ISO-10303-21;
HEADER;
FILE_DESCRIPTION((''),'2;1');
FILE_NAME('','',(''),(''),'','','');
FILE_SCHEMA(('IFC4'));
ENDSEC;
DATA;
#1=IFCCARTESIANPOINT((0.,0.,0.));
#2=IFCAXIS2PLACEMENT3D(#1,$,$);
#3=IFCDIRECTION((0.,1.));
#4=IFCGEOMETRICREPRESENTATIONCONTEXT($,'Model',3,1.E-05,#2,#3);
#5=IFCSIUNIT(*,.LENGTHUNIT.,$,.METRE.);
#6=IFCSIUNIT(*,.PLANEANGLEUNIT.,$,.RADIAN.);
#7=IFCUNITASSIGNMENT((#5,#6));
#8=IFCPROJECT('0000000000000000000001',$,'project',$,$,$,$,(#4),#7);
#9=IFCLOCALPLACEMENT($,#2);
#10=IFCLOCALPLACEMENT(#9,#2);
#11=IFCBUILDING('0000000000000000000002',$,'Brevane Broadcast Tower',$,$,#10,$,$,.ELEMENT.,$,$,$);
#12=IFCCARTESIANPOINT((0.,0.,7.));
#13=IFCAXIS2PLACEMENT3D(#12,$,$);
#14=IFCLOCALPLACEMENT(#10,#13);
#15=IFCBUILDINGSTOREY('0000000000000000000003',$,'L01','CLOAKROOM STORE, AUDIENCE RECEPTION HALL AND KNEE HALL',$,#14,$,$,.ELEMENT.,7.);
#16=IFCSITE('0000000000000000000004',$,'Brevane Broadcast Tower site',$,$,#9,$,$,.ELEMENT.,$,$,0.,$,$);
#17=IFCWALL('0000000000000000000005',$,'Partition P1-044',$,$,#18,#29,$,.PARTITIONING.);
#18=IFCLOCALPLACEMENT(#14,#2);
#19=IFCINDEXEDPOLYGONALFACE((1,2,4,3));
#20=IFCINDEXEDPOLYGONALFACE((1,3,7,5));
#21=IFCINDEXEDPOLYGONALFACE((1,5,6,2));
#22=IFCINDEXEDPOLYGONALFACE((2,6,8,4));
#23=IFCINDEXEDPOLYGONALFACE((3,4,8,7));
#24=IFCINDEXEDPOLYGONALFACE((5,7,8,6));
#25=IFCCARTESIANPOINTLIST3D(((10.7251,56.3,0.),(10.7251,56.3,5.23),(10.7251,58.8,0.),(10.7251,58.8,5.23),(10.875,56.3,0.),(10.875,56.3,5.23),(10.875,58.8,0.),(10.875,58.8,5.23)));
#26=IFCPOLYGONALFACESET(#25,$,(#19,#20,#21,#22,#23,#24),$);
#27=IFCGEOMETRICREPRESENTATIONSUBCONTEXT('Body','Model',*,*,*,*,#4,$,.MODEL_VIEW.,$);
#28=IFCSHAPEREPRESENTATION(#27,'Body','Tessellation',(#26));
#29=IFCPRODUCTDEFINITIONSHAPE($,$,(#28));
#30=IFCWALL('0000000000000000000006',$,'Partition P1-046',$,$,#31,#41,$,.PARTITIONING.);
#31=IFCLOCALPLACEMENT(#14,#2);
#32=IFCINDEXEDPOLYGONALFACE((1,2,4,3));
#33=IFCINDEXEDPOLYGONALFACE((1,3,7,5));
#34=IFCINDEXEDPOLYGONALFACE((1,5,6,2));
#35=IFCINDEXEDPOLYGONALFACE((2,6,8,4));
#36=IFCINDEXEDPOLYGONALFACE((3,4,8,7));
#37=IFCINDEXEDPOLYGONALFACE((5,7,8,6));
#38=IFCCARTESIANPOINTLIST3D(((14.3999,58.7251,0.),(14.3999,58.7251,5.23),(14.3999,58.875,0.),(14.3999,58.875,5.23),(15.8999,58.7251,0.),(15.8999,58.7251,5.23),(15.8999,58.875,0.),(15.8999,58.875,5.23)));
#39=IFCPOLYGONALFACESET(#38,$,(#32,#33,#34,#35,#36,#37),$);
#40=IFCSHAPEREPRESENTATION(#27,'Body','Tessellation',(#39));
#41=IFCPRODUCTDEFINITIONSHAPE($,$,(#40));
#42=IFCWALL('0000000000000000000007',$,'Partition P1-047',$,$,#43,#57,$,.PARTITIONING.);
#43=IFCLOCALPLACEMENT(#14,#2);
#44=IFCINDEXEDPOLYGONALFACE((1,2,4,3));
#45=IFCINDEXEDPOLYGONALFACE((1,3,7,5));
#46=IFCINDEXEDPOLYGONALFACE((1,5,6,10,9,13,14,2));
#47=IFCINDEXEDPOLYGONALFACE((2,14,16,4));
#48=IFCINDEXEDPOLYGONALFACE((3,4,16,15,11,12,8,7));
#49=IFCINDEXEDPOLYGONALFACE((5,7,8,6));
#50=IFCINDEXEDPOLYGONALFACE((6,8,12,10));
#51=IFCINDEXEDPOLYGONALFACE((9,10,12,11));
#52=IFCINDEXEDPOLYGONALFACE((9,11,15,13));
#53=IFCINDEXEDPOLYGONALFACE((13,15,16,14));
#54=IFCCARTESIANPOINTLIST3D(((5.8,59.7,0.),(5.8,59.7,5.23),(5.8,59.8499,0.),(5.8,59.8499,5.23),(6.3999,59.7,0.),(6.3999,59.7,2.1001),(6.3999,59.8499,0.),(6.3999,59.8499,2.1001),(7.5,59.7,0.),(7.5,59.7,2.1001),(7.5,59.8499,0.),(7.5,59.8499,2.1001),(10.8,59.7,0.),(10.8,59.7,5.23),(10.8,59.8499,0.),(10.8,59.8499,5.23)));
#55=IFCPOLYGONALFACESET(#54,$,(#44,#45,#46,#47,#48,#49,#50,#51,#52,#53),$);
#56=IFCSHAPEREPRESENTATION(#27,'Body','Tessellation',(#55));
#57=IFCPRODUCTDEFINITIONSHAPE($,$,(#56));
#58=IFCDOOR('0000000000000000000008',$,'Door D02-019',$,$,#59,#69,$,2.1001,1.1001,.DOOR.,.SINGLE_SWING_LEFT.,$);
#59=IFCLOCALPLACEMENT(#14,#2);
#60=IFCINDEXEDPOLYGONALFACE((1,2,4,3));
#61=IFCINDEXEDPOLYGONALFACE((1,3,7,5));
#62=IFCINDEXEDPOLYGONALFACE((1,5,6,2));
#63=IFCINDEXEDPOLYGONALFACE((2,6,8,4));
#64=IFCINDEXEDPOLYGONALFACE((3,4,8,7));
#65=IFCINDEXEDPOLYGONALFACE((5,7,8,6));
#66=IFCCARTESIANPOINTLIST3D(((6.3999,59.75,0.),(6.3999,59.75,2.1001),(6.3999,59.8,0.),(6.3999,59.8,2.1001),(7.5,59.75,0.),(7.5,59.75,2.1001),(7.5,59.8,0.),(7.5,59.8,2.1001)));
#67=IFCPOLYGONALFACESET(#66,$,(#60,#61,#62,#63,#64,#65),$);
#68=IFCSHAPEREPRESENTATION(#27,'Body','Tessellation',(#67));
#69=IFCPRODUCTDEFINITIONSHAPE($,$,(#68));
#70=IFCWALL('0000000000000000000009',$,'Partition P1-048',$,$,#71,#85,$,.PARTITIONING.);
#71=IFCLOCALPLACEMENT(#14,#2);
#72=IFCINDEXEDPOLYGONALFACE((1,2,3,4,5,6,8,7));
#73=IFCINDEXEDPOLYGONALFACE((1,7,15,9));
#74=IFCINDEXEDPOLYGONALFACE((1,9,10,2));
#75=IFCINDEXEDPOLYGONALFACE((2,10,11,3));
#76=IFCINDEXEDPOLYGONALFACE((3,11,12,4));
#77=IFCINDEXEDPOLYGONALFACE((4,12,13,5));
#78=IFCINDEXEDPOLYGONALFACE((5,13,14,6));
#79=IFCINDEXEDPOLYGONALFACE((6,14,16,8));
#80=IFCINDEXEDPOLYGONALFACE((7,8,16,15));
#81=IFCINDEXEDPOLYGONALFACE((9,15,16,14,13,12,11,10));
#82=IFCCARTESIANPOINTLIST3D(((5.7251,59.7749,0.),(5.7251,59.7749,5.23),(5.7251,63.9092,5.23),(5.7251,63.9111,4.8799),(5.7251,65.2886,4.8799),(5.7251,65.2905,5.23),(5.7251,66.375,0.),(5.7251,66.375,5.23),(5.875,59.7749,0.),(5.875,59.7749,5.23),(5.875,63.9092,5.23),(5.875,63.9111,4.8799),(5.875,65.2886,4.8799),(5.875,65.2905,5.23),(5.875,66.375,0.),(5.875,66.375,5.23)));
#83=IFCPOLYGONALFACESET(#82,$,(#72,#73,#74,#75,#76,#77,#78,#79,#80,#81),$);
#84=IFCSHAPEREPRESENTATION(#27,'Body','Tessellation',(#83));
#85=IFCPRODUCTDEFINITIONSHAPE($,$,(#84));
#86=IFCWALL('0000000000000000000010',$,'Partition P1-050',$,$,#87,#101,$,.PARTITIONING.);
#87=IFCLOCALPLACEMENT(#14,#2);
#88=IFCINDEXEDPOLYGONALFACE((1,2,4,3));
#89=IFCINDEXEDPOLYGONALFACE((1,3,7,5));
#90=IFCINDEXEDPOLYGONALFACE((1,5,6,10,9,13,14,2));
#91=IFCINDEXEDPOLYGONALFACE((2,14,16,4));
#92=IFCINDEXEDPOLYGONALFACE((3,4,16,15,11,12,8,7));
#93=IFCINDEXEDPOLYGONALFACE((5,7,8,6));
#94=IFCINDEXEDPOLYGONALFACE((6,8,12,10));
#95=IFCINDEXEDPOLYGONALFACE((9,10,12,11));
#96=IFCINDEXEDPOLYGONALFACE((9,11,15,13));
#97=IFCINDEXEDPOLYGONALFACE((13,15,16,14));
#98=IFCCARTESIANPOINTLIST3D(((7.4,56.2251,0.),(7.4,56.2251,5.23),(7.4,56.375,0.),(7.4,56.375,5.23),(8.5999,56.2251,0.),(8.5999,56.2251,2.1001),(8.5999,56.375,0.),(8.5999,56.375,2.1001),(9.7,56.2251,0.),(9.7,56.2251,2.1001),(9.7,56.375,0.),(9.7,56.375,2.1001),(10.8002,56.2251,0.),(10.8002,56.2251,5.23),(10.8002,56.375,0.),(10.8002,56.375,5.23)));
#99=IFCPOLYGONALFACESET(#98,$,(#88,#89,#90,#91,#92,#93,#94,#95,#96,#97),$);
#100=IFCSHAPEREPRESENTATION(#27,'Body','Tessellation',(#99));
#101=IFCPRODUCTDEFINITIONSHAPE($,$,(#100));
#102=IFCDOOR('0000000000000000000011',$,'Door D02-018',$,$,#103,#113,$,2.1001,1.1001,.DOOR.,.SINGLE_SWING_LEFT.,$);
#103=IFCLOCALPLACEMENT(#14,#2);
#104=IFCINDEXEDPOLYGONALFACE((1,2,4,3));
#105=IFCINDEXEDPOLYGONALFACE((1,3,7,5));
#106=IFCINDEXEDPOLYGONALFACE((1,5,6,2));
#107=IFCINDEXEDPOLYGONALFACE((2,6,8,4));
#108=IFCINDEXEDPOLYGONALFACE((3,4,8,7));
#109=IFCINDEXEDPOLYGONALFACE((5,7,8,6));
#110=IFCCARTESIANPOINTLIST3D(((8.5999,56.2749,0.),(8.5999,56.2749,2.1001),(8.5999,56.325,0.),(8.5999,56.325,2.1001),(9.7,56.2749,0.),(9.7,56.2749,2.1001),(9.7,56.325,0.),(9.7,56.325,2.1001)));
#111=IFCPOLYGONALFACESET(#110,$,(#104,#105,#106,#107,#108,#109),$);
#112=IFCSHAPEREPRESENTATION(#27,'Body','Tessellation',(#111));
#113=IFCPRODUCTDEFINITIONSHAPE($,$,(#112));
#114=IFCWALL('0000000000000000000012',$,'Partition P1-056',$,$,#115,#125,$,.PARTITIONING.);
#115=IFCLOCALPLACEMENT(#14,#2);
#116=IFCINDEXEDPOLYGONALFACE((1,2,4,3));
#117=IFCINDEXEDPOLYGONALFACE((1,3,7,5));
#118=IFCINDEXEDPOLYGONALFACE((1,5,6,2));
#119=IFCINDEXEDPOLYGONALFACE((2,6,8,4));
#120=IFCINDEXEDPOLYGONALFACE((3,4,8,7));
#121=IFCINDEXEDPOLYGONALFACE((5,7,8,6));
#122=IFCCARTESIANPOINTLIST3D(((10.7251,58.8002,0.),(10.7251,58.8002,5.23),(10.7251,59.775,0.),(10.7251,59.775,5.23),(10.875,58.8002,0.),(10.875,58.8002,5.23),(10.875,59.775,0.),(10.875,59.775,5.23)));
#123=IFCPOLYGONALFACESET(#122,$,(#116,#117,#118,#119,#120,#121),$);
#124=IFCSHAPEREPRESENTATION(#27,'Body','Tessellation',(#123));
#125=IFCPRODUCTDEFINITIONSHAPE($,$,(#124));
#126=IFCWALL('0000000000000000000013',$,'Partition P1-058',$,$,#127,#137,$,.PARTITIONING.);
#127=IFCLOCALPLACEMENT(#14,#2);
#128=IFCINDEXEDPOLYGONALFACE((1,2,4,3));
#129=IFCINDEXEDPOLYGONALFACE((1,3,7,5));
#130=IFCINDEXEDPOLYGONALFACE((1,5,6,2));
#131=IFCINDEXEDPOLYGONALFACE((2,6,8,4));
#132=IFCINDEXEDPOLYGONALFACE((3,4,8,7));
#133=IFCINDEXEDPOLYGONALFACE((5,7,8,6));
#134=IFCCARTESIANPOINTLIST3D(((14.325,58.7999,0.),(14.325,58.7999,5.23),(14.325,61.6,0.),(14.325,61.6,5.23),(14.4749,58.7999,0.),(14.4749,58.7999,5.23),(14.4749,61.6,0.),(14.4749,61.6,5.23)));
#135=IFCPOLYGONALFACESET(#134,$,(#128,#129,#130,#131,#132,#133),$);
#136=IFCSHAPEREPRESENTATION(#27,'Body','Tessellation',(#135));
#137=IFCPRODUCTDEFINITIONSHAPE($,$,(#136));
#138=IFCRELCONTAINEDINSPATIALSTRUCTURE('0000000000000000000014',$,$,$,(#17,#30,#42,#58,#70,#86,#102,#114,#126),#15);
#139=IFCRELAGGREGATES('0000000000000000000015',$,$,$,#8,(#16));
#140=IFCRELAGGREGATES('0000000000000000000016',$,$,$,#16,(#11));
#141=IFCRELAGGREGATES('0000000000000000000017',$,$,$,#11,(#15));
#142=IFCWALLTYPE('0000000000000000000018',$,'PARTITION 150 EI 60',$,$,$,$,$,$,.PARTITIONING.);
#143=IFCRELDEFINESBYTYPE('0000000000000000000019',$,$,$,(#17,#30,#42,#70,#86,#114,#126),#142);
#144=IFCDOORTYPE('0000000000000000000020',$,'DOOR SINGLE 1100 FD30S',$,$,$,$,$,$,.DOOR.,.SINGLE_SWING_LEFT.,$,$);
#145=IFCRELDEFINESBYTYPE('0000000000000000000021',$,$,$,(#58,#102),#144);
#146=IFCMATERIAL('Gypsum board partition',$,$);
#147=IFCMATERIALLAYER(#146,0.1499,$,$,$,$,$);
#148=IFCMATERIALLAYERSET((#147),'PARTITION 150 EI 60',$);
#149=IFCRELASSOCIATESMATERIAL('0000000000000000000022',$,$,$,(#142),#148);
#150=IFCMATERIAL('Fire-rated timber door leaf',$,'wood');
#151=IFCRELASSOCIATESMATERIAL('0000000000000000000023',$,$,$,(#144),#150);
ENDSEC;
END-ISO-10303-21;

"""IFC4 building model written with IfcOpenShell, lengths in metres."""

from ifc_helpers import new_model, si_unit, direction, frame, frame_2d, origin, place, context, subcontext, project, spatial, polyline, rectangle, outline, extrude, material, layer, layer_set, type_object, element, fill, save


model = new_model("IFC4")

# Units and contexts
model_context = context("Model", 3, precision=1e-05, world=origin(), true_north=direction((0.0, 1.0)))
body_context = subcontext(model_context, "Body", "Model", "MODEL_VIEW")
ifc_project = project(units=[si_unit("LENGTHUNIT", "METRE"), si_unit("PLANEANGLEUNIT", "RADIAN")], contexts=[model_context])

# Site, building, storey
site_placement = place(None, origin())
site = spatial("IfcSite", under=ifc_project, at=site_placement, Name="Brevane Broadcast Tower site", CompositionType="ELEMENT", RefElevation=0.0)
building_placement = place(site_placement, origin())
building = spatial("IfcBuilding", under=site, at=building_placement, Name="Brevane Broadcast Tower", CompositionType="ELEMENT")
storey_placement = place(building_placement, frame((0.0, 0.0, 7.0)))
storey = spatial("IfcBuildingStorey", under=building, at=storey_placement, Name="L01", Description="CLOAKROOM STORE, AUDIENCE RECEPTION HALL AND KNEE HALL", CompositionType="ELEMENT", Elevation=7.0)

# Shared definitions
ifc_material_1 = material(Name="Gypsum board partition")

# Shared definitions
ifc_layer_1 = layer(ifc_material_1, 0.1499)
ifc_layer_set_1 = layer_set([ifc_layer_1], Name="PARTITION 150 EI 60")
wall_type_1 = type_object("IfcWallType", Name="PARTITION 150 EI 60", PredefinedType="PARTITIONING", material=ifc_layer_set_1)
ifc_material_2 = material(Name="Fire-rated timber door leaf", Category="wood")
door_type_1 = type_object("IfcDoorType", Name="DOOR SINGLE 1100 FD30S", OperationType="SINGLE_SWING_LEFT", PredefinedType="DOOR", material=ifc_material_2)

# Walls
wall_1_placement = place(storey_placement, frame((10.8, 56.3, 0.0), z_axis=(0.0, 0.0, 1.0), x_axis=(0.0, 1.0, 0.0)))
element("IfcWall", 1, at=wall_1_placement, inside=storey, type_object=wall_type_1, Name="Partition P1-044", PredefinedType="PARTITIONING", context=body_context, shape_type="SweptSolid", body=[
    extrude(rectangle(XDim=2.5, YDim=0.1499, at=frame_2d((1.25, 0.0))), origin(), (0.0, 0.0, 1.0), 5.23),
])
wall_2_placement = place(storey_placement, frame((14.3999, 58.8, 0.0), z_axis=(0.0, 0.0, 1.0), x_axis=(1.0, 0.0, 0.0)))
element("IfcWall", 2, at=wall_2_placement, inside=storey, type_object=wall_type_1, Name="Partition P1-046", PredefinedType="PARTITIONING", context=body_context, shape_type="SweptSolid", body=[
    extrude(rectangle(XDim=1.5, YDim=0.1499, at=frame_2d((0.75, 0.0))), origin(), (0.0, 0.0, 1.0), 5.23),
])

# Wall, opening, door
wall_3_placement = place(storey_placement, frame((10.8, 59.7749, 0.0), z_axis=(0.0, 0.0, 1.0), x_axis=(-1.0, 0.0, 0.0)))
wall_3 = element("IfcWall", 3, at=wall_3_placement, inside=storey, type_object=wall_type_1, Name="Partition P1-047", PredefinedType="PARTITIONING", context=body_context, shape_type="SweptSolid", body=[
    extrude(rectangle(XDim=5.0, YDim=0.1499, at=frame_2d((2.5, 0.0))), origin(), (0.0, 0.0, 1.0), 5.23),
])
opening_1_placement = place(wall_3_placement, frame((3.3, 0.0, 0.0)))
opening_1 = element("IfcOpeningElement", 4, at=opening_1_placement, cuts=wall_3, PredefinedType="OPENING", context=body_context, shape_type="SweptSolid", body=[
    extrude(rectangle(XDim=1.1001, YDim=2.1001, at=frame_2d((0.55, 1.05))), frame((0.0, 0.085, 0.0), z_axis=(0.0, -1.0, 0.0), x_axis=(1.0, 0.0, 0.0)), (0.0, 0.0, 1.0), 0.1699),
])
door_1_placement = place(opening_1_placement, origin())
door_1 = element("IfcDoor", 5, at=door_1_placement, inside=storey, type_object=door_type_1, Name="Door D02-019", OperationType="SINGLE_SWING_LEFT", OverallHeight=2.1001, OverallWidth=1.1001, PredefinedType="DOOR", context=body_context, shape_type="SweptSolid", body=[
    extrude(rectangle(XDim=1.1001, YDim=2.1001, at=frame_2d((0.55, 1.05))), frame((0.0, 0.0249, 0.0), z_axis=(0.0, -1.0, 0.0), x_axis=(1.0, 0.0, 0.0)), (0.0, 0.0, 1.0), 0.05),
])
fill(opening_1, door_1)

# Wall
wall_4_placement = place(storey_placement, frame((5.8, 59.7749, 0.0), z_axis=(0.0, 0.0, 1.0), x_axis=(0.0, 1.0, 0.0)))
element("IfcWall", 6, at=wall_4_placement, inside=storey, type_object=wall_type_1, Name="Partition P1-048", PredefinedType="PARTITIONING", context=body_context, shape_type="SweptSolid", body=[
    extrude(outline(polyline([(0.0, 0.0), (6.6001, 0.0), (6.6001, 5.23), (5.5156, 5.23), (5.5137, 4.8799), (4.1362, 4.8799), (4.1343, 5.23), (0.0, 5.23), (0.0, 0.0)])), frame((0.0, 0.075, 0.0), z_axis=(0.0, -1.0, 0.0), x_axis=(1.0, 0.0, 0.0)), (0.0, 0.0, 1.0), 0.1499),
])

# Wall, opening, door
wall_5_placement = place(storey_placement, frame((7.3999, 56.3, 0.0), z_axis=(0.0, 0.0, 1.0), x_axis=(1.0, 0.0, 0.0)))
wall_5 = element("IfcWall", 7, at=wall_5_placement, inside=storey, type_object=wall_type_1, Name="Partition P1-050", PredefinedType="PARTITIONING", context=body_context, shape_type="SweptSolid", body=[
    extrude(rectangle(XDim=3.4001, YDim=0.1499, at=frame_2d((1.7002, 0.0))), origin(), (0.0, 0.0, 1.0), 5.23),
])
opening_2_placement = place(wall_5_placement, frame((1.2, 0.0, 0.0)))
opening_2 = element("IfcOpeningElement", 8, at=opening_2_placement, cuts=wall_5, PredefinedType="OPENING", context=body_context, shape_type="SweptSolid", body=[
    extrude(rectangle(XDim=1.1001, YDim=2.1001, at=frame_2d((0.55, 1.05))), frame((0.0, 0.085, 0.0), z_axis=(0.0, -1.0, 0.0), x_axis=(1.0, 0.0, 0.0)), (0.0, 0.0, 1.0), 0.1699),
])
door_2_placement = place(opening_2_placement, origin())
door_2 = element("IfcDoor", 9, at=door_2_placement, inside=storey, type_object=door_type_1, Name="Door D02-018", OperationType="SINGLE_SWING_LEFT", OverallHeight=2.1001, OverallWidth=1.1001, PredefinedType="DOOR", context=body_context, shape_type="SweptSolid", body=[
    extrude(rectangle(XDim=1.1001, YDim=2.1001, at=frame_2d((0.55, 1.05))), frame((0.0, 0.0249, 0.0), z_axis=(0.0, -1.0, 0.0), x_axis=(1.0, 0.0, 0.0)), (0.0, 0.0, 1.0), 0.05),
])
fill(opening_2, door_2)

# Walls
wall_6_placement = place(storey_placement, frame((10.8, 59.7749, 0.0), z_axis=(0.0, 0.0, 1.0), x_axis=(0.0, -1.0, 0.0)))
element("IfcWall", 10, at=wall_6_placement, inside=storey, type_object=wall_type_1, Name="Partition P1-056", PredefinedType="PARTITIONING", context=body_context, shape_type="SweptSolid", body=[
    extrude(rectangle(XDim=0.9749, YDim=0.1499, at=frame_2d((0.4873, 0.0))), origin(), (0.0, 0.0, 1.0), 5.23),
])
wall_7_placement = place(storey_placement, frame((14.3999, 58.8, 0.0), z_axis=(0.0, 0.0, 1.0), x_axis=(0.0, 1.0, 0.0)))
element("IfcWall", 11, at=wall_7_placement, inside=storey, type_object=wall_type_1, Name="Partition P1-058", PredefinedType="PARTITIONING", context=body_context, shape_type="SweptSolid", body=[
    extrude(rectangle(XDim=2.8, YDim=0.1499, at=frame_2d((1.3999, 0.0))), origin(), (0.0, 0.0, 1.0), 5.23),
])

save(model, "model.ifc")
